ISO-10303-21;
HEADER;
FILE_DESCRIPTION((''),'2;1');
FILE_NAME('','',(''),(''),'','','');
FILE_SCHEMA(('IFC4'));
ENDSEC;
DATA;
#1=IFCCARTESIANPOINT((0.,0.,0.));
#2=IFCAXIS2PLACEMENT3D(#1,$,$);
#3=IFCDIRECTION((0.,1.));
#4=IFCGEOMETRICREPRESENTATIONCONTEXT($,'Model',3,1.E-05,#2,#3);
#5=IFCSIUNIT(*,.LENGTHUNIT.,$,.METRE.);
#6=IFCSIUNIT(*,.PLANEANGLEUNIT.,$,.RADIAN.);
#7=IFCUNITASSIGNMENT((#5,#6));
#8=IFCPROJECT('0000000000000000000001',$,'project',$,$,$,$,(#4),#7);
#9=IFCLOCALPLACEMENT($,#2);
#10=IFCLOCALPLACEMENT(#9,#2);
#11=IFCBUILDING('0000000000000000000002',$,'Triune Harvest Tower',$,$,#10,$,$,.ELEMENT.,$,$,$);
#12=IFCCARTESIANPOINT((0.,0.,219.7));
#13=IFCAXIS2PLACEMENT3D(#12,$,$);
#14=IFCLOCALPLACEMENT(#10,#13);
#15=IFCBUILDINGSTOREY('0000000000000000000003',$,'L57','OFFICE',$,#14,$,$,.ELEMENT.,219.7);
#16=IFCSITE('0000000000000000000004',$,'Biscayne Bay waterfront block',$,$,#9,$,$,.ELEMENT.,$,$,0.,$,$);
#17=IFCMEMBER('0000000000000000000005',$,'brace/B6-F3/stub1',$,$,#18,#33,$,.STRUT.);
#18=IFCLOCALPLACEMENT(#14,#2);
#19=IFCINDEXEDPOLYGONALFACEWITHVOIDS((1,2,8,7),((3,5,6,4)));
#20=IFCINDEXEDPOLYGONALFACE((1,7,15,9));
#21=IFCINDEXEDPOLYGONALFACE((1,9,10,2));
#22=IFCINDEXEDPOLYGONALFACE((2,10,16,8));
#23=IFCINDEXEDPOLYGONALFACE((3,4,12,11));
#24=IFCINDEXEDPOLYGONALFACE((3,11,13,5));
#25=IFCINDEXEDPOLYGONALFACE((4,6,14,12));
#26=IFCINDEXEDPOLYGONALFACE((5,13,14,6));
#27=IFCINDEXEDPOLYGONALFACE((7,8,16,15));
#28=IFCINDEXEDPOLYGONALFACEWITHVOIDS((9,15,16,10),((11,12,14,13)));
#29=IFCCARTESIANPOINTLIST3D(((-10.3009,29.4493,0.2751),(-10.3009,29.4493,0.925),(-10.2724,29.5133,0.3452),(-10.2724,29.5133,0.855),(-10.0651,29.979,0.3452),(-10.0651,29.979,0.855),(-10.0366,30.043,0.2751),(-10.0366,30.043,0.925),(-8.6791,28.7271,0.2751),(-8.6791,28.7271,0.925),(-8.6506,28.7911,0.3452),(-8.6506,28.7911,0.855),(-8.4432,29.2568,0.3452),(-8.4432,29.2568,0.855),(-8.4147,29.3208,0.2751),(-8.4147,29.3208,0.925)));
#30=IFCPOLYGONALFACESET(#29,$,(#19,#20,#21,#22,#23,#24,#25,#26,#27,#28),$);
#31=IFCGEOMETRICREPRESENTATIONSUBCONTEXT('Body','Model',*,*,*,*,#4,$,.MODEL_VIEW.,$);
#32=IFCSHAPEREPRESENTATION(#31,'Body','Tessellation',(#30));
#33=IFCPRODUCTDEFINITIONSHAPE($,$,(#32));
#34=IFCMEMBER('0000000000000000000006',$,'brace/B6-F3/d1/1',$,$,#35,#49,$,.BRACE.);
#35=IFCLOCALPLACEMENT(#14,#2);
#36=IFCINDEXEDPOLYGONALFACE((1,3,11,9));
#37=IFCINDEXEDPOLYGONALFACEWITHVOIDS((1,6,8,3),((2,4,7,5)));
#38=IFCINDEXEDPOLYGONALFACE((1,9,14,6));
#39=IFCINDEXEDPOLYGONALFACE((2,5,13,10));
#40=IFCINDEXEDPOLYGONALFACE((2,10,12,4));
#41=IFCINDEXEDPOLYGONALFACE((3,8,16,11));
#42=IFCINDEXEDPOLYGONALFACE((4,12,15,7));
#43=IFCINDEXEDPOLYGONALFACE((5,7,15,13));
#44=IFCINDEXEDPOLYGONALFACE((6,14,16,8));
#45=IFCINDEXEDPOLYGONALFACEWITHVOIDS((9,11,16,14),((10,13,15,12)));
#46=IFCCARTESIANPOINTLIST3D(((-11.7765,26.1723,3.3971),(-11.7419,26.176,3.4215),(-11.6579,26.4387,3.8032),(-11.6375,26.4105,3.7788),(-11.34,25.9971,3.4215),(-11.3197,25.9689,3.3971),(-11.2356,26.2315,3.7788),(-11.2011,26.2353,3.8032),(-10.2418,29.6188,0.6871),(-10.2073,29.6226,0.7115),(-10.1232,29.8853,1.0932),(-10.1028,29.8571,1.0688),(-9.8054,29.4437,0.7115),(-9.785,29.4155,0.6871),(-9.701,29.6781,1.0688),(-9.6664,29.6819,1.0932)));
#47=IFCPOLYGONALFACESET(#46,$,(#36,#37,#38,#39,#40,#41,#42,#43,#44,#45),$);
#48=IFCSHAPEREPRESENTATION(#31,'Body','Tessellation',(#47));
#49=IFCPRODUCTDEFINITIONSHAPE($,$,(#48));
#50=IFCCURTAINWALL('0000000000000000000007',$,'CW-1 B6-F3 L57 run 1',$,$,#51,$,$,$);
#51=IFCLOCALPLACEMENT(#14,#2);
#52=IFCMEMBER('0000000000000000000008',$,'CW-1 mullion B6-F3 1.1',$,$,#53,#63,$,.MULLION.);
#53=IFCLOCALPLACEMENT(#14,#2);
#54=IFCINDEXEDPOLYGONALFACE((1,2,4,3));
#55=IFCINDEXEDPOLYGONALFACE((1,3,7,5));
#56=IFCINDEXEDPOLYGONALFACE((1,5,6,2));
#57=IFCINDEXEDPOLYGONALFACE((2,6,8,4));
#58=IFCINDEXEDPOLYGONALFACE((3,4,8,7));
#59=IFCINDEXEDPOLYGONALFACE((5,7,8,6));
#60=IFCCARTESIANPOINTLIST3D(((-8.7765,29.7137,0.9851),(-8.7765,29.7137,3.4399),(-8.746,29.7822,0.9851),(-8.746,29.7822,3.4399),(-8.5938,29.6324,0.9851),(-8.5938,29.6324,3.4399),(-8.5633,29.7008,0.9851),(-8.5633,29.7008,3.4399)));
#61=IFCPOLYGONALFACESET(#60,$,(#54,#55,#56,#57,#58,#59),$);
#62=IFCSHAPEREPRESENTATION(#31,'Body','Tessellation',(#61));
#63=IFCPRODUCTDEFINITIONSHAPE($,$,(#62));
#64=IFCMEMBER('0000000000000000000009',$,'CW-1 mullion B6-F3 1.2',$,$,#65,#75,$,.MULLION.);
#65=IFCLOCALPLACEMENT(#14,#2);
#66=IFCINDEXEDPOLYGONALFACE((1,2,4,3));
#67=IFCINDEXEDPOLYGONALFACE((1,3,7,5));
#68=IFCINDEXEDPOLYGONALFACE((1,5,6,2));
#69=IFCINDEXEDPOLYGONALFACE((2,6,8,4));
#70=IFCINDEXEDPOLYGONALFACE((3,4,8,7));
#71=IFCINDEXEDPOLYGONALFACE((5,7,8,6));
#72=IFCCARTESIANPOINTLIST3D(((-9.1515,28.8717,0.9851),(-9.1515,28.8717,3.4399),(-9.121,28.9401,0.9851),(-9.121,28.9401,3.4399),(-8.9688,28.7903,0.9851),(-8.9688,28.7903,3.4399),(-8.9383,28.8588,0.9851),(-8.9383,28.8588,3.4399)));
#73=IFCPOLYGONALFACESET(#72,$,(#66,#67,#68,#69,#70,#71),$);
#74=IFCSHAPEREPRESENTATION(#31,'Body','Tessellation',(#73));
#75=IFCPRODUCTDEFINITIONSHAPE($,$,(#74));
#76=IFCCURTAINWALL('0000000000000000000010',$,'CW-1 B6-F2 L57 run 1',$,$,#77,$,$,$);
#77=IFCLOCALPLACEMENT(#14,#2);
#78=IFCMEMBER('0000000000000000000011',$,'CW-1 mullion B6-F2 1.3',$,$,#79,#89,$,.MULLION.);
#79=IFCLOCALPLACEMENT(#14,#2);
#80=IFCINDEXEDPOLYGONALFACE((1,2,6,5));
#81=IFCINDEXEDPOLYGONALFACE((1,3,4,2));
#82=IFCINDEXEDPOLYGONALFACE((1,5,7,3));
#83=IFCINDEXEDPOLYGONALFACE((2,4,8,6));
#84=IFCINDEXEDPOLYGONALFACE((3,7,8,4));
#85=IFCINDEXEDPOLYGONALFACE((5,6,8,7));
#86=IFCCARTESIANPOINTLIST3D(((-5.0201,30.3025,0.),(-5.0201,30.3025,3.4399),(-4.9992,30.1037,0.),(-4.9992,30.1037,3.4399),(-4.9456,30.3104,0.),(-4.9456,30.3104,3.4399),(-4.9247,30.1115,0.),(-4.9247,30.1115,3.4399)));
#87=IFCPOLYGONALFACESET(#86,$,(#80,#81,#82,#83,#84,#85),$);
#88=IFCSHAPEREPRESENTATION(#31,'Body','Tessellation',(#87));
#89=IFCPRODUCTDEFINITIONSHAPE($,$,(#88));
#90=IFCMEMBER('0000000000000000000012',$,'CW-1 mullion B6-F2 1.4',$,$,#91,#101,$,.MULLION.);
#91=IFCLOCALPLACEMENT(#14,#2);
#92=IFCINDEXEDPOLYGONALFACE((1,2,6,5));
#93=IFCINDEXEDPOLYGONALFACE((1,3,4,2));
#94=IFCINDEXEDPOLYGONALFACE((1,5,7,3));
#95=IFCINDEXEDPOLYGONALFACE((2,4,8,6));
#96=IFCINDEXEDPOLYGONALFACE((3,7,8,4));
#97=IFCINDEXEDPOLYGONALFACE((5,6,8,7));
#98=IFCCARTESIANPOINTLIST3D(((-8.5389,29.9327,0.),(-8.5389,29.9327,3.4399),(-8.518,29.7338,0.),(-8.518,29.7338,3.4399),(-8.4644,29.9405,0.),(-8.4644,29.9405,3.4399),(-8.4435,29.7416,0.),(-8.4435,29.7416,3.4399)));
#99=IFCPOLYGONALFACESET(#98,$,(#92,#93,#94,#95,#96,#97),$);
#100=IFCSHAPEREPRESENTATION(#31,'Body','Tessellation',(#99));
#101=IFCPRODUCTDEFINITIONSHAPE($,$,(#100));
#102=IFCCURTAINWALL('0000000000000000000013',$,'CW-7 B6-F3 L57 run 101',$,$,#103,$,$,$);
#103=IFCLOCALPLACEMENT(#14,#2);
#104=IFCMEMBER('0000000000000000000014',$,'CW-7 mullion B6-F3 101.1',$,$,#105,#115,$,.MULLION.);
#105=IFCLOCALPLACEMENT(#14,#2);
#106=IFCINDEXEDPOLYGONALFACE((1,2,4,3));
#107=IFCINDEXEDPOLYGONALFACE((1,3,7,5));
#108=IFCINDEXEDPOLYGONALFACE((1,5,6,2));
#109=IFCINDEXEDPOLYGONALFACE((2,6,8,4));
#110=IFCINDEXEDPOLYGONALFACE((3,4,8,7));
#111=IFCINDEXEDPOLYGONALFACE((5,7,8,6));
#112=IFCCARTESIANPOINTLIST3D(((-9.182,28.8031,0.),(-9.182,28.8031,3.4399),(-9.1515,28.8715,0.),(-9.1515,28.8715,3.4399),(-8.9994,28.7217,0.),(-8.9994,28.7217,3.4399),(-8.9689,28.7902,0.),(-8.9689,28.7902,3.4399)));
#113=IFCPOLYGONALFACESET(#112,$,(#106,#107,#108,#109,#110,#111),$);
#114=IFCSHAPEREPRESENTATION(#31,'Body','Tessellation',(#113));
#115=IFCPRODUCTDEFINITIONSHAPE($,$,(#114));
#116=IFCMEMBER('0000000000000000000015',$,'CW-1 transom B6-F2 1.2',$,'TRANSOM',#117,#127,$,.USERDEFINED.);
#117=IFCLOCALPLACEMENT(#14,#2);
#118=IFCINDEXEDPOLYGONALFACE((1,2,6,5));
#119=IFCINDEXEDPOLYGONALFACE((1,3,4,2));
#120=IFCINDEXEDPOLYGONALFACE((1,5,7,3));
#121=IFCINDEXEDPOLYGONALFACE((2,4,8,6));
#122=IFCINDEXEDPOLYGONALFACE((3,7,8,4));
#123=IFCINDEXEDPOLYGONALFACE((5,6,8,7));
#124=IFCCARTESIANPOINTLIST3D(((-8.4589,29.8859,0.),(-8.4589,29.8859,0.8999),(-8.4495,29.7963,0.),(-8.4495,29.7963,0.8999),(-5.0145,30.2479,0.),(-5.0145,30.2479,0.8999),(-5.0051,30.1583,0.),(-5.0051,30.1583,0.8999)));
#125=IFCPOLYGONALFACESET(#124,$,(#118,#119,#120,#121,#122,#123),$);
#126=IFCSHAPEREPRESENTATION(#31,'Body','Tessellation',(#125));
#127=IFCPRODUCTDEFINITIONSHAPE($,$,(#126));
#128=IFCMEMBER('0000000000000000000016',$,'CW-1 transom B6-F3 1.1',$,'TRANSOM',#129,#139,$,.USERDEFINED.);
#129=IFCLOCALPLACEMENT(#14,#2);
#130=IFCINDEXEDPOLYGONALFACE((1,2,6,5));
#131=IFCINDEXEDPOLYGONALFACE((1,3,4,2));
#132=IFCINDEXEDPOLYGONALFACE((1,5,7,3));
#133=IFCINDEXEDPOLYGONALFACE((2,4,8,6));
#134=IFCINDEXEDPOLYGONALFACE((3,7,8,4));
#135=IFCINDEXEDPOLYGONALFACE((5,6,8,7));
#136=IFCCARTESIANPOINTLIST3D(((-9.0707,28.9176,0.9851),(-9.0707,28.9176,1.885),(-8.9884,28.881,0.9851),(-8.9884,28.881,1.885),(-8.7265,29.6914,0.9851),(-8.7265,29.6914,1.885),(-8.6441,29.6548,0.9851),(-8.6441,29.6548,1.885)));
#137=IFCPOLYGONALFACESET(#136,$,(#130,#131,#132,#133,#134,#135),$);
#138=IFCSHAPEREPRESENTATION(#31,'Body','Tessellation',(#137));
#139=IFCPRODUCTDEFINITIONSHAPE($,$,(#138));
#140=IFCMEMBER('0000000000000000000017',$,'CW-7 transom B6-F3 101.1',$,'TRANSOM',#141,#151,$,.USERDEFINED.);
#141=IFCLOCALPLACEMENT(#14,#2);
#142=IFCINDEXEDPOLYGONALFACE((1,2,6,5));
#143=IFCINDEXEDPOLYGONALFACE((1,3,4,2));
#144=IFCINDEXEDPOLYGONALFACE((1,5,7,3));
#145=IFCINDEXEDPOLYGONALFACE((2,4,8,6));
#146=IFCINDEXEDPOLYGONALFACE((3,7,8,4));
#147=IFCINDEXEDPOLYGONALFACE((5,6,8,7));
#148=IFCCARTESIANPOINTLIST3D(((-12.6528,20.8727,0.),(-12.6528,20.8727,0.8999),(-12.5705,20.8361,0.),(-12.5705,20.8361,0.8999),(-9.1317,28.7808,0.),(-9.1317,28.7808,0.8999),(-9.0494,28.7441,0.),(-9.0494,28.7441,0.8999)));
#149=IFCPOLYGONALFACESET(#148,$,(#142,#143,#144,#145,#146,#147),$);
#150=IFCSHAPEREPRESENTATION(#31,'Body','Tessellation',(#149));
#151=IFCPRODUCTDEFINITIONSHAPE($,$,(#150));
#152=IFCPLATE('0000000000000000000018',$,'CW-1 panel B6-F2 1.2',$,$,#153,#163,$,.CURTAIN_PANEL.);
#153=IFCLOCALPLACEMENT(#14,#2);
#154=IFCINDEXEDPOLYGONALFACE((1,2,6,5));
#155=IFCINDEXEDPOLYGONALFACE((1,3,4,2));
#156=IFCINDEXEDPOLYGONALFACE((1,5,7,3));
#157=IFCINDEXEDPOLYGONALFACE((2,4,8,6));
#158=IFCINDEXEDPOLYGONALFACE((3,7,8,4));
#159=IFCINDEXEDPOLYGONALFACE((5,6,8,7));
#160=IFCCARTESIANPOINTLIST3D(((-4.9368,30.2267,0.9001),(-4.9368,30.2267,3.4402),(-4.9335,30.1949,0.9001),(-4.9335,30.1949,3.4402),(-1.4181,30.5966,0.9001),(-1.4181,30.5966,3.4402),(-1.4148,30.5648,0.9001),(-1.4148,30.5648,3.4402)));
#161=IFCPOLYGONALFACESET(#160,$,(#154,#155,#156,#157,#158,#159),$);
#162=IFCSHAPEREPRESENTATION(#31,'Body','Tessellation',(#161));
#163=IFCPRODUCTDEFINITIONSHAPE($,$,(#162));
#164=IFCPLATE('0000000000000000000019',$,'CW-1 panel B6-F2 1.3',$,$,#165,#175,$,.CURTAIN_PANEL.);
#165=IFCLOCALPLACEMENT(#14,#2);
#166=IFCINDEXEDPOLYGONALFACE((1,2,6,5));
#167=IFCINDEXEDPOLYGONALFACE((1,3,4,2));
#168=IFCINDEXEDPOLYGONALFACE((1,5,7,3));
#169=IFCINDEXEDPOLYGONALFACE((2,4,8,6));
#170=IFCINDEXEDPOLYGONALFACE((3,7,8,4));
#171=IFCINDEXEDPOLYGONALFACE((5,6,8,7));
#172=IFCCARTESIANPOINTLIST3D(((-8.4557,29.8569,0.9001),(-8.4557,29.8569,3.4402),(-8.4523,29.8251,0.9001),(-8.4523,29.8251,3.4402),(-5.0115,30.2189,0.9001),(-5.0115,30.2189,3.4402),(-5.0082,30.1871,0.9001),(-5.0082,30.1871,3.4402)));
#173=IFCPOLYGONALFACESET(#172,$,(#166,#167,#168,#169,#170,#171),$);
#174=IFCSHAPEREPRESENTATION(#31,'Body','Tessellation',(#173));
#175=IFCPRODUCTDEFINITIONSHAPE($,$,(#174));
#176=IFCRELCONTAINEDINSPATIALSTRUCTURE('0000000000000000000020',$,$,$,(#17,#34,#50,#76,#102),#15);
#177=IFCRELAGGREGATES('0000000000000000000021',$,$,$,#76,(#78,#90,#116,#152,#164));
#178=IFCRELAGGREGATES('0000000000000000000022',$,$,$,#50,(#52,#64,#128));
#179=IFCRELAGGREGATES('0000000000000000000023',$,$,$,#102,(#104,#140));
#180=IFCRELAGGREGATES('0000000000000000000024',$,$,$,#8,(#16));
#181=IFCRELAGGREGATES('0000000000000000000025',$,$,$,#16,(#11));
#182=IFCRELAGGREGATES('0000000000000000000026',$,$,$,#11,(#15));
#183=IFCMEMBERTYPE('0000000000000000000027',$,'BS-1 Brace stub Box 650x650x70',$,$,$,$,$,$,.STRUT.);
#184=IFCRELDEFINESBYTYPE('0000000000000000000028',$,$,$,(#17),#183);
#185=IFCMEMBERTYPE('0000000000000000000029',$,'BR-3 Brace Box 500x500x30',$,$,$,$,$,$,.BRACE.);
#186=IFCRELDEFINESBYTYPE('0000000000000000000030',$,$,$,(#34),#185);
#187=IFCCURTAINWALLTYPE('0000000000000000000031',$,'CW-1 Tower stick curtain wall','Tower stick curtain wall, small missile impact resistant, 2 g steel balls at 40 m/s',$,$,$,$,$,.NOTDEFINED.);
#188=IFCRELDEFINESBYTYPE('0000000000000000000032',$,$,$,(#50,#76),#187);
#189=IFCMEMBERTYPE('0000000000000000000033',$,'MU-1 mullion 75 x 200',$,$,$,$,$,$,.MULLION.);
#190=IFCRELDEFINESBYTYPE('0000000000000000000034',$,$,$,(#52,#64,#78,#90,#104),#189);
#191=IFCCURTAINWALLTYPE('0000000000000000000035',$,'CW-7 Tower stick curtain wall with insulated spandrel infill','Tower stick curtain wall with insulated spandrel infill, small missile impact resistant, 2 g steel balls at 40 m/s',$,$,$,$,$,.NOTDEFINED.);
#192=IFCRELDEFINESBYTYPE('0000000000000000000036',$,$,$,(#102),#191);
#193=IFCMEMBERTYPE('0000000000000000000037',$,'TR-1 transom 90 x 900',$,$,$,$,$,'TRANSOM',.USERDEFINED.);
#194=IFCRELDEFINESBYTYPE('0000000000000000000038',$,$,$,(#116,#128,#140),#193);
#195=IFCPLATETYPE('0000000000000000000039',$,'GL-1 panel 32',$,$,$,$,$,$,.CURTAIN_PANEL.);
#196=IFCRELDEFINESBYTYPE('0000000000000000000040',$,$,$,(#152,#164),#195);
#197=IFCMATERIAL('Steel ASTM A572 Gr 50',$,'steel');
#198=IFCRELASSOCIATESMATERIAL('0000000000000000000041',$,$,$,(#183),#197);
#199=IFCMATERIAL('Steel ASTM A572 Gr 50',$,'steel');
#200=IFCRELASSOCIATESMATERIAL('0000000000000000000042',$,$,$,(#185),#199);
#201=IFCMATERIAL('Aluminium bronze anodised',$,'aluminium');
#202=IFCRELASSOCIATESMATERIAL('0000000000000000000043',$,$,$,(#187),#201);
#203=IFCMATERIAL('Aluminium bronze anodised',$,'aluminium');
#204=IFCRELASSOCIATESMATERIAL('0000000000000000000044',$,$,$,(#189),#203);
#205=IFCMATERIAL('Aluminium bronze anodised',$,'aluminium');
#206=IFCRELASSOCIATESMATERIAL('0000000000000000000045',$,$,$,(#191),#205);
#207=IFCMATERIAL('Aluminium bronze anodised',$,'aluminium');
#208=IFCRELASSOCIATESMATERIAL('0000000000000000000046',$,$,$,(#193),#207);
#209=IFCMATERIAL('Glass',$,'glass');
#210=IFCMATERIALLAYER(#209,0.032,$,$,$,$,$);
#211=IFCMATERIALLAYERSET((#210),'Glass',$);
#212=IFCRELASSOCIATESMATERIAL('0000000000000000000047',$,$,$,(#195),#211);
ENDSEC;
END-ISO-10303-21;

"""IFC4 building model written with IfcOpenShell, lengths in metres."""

from ifc_helpers import new_model, si_unit, direction, frame, origin, origin_2d, place, context, subcontext, project, spatial, rectangle, hollow_rectangle, extrude, source, transform, mapped, material, layer, layer_set, material_profile, profile_set, type_object, element, aggregate, save


model = new_model("IFC4")

# Units and contexts
model_context = context("Model", 3, precision=1e-05, world=origin(), true_north=direction((0.0, 1.0)))
body_context = subcontext(model_context, "Body", "Model", "MODEL_VIEW")
ifc_project = project(units=[si_unit("LENGTHUNIT", "METRE"), si_unit("PLANEANGLEUNIT", "RADIAN")], contexts=[model_context])

# Site, building, storey
site_placement = place(None, origin())
site = spatial("IfcSite", under=ifc_project, at=site_placement, Name="Biscayne Bay waterfront block", CompositionType="ELEMENT", RefElevation=0.0)
building_placement = place(site_placement, origin())
building = spatial("IfcBuilding", under=site, at=building_placement, Name="Triune Harvest Tower", CompositionType="ELEMENT")
storey_placement = place(building_placement, frame((0.0, 0.0, 219.7)))
storey = spatial("IfcBuildingStorey", under=building, at=storey_placement, Name="L57", Description="OFFICE", CompositionType="ELEMENT", Elevation=219.7)

# Members
ifc_material_1 = material(Name="Steel ASTM A572 Gr 50", Category="steel")
ifc_material_profile_1 = material_profile(ifc_material_1, hollow_rectangle(XDim=0.6499, YDim=0.6499, WallThickness=0.0701, at=origin_2d()), Name="Box 650x650x70")
ifc_profile_set_1 = profile_set([ifc_material_profile_1], Name="Steel ASTM A572 Gr 50")
member_type_1 = type_object("IfcMemberType", Name="BS-1 Brace stub Box 650x650x70", PredefinedType="STRUT", material=ifc_profile_set_1)
shared_shape_1 = source(origin(), body_context, "Body", "SweptSolid", [
    extrude(hollow_rectangle(XDim=0.6499, YDim=0.6499, WallThickness=0.0701, at=origin_2d()), origin(), (0.0, 0.0, 1.0), 1.7754),
])
member_1_placement = place(storey_placement, frame((-8.5469, 29.0239, 0.6001), z_axis=(-0.913528, 0.406776, 0.0), x_axis=(-0.406776, -0.913528, 0.0)))
element("IfcMember", 1, at=member_1_placement, inside=storey, type_object=member_type_1, Name="brace/B6-F3/stub1", PredefinedType="STRUT", context=body_context, shape_type="MappedRepresentation", body=[
    mapped(shared_shape_1, transform((0.0, 0.0, 0.0), scale=1.0)),
])
ifc_material_2 = material(Name="Steel ASTM A572 Gr 50", Category="steel")
ifc_material_profile_2 = material_profile(ifc_material_2, hollow_rectangle(XDim=0.5, YDim=0.5, WallThickness=0.03, at=origin_2d()), Name="Box 500x500x30")
ifc_profile_set_2 = profile_set([ifc_material_profile_2], Name="Steel ASTM A572 Gr 50")
member_type_2 = type_object("IfcMemberType", Name="BR-3 Brace Box 500x500x30", PredefinedType="BRACE", material=ifc_profile_set_2)
shared_shape_2 = source(origin(), body_context, "Body", "SweptSolid", [
    extrude(hollow_rectangle(XDim=0.5, YDim=0.5, WallThickness=0.03, at=origin_2d()), origin(), (0.0, 0.0, 1.0), 4.6453),
])
member_2_placement = place(storey_placement, frame((-9.9541, 29.6504, 0.8901), z_axis=(-0.330379, -0.741959, 0.583392), x_axis=(0.913528, -0.406775, 0.0)))
element("IfcMember", 2, at=member_2_placement, inside=storey, type_object=member_type_2, Name="brace/B6-F3/d1/1", PredefinedType="BRACE", context=body_context, shape_type="MappedRepresentation", body=[
    mapped(shared_shape_2, transform((0.0, 0.0, 0.0), scale=1.0)),
])

# Curtain walls, members
ifc_material_3 = material(Name="Aluminium bronze anodised", Category="aluminium")
curtain_wall_type_1 = type_object("IfcCurtainWallType", Name="CW-1 Tower stick curtain wall", Description="Tower stick curtain wall, small missile impact resistant, 2 g steel balls at 40 m/s", PredefinedType="NOTDEFINED", material=ifc_material_3)
curtain_wall_1_placement = place(storey_placement, origin())
curtain_wall_1 = element("IfcCurtainWall", 3, at=curtain_wall_1_placement, inside=storey, type_object=curtain_wall_type_1, Name="CW-1 B6-F3 L57 run 1")
ifc_material_4 = material(Name="Aluminium bronze anodised", Category="aluminium")
ifc_material_profile_3 = material_profile(ifc_material_4, rectangle(XDim=0.2, YDim=0.075, at=origin_2d()), Name="MU-1 mullion 75 x 200")
ifc_profile_set_3 = profile_set([ifc_material_profile_3], Name="Aluminium bronze anodised")
member_type_3 = type_object("IfcMemberType", Name="MU-1 mullion 75 x 200", PredefinedType="MULLION", material=ifc_profile_set_3)
shared_shape_3 = source(origin(), body_context, "Body", "SweptSolid", [
    extrude(rectangle(XDim=0.2, YDim=0.075, at=origin_2d()), origin(), (0.0, 0.0, 1.0), 2.4548),
])
member_3_placement = place(storey_placement, frame((-8.6699, 29.7073, 0.9851), z_axis=(0.0, 0.0, 1.0), x_axis=(0.913555, -0.406716, 0.0)))
member_3 = element("IfcMember", 4, at=member_3_placement, type_object=member_type_3, Name="CW-1 mullion B6-F3 1.1", PredefinedType="MULLION", context=body_context, shape_type="MappedRepresentation", body=[
    mapped(shared_shape_3, transform((0.0, 0.0, 0.0), scale=1.0)),
])
member_4_placement = place(storey_placement, frame((-9.0449, 28.8652, 0.9851), z_axis=(0.0, 0.0, 1.0), x_axis=(0.913555, -0.406716, 0.0)))
member_4 = element("IfcMember", 5, at=member_4_placement, type_object=member_type_3, Name="CW-1 mullion B6-F3 1.2", PredefinedType="MULLION", context=body_context, shape_type="MappedRepresentation", body=[
    mapped(shared_shape_3, transform((0.0, 0.0, 0.0), scale=1.0)),
])
curtain_wall_2_placement = place(storey_placement, origin())
curtain_wall_2 = element("IfcCurtainWall", 6, at=curtain_wall_2_placement, inside=storey, type_object=curtain_wall_type_1, Name="CW-1 B6-F2 L57 run 1")
shared_shape_4 = source(origin(), body_context, "Body", "SweptSolid", [
    extrude(rectangle(XDim=0.2, YDim=0.075, at=origin_2d()), origin(), (0.0, 0.0, 1.0), 3.4399),
])
member_5_placement = place(storey_placement, frame((-4.9724, 30.207, 0.0), z_axis=(0.0, 0.0, 1.0), x_axis=(0.10453, -0.994522, 0.0)))
member_5 = element("IfcMember", 7, at=member_5_placement, type_object=member_type_3, Name="CW-1 mullion B6-F2 1.3", PredefinedType="MULLION", context=body_context, shape_type="MappedRepresentation", body=[
    mapped(shared_shape_4, transform((0.0, 0.0, 0.0), scale=1.0)),
])
member_6_placement = place(storey_placement, frame((-8.4912, 29.8372, 0.0), z_axis=(0.0, 0.0, 1.0), x_axis=(0.10453, -0.994522, 0.0)))
member_6 = element("IfcMember", 8, at=member_6_placement, type_object=member_type_3, Name="CW-1 mullion B6-F2 1.4", PredefinedType="MULLION", context=body_context, shape_type="MappedRepresentation", body=[
    mapped(shared_shape_4, transform((0.0, 0.0, 0.0), scale=1.0)),
])

# Curtain wall, member
ifc_material_5 = material(Name="Aluminium bronze anodised", Category="aluminium")
curtain_wall_type_2 = type_object("IfcCurtainWallType", Name="CW-7 Tower stick curtain wall with insulated spandrel infill", Description="Tower stick curtain wall with insulated spandrel infill, small missile impact resistant, 2 g steel balls at 40 m/s", PredefinedType="NOTDEFINED", material=ifc_material_5)
curtain_wall_3_placement = place(storey_placement, origin())
curtain_wall_3 = element("IfcCurtainWall", 9, at=curtain_wall_3_placement, inside=storey, type_object=curtain_wall_type_2, Name="CW-7 B6-F3 L57 run 101")
member_7_placement = place(storey_placement, frame((-9.0754, 28.7966, 0.0), z_axis=(0.0, 0.0, 1.0), x_axis=(0.913543, -0.406743, 0.0)))
member_7 = element("IfcMember", 10, at=member_7_placement, type_object=member_type_3, Name="CW-7 mullion B6-F3 101.1", PredefinedType="MULLION", context=body_context, shape_type="MappedRepresentation", body=[
    mapped(shared_shape_4, transform((0.0, 0.0, 0.0), scale=1.0)),
])

# Members
ifc_material_6 = material(Name="Aluminium bronze anodised", Category="aluminium")
ifc_material_profile_4 = material_profile(ifc_material_6, rectangle(XDim=0.0901, YDim=0.8999, at=origin_2d()), Name="TR-1 transom 90 x 900")
ifc_profile_set_4 = profile_set([ifc_material_profile_4], Name="Aluminium bronze anodised")
member_type_4 = type_object("IfcMemberType", Name="TR-1 transom 90 x 900", ElementType="TRANSOM", PredefinedType="USERDEFINED", material=ifc_profile_set_4)
shared_shape_5 = source(origin(), body_context, "Body", "SweptSolid", [
    extrude(rectangle(XDim=0.0901, YDim=0.8999, at=origin_2d()), origin(), (0.0, 0.0, 1.0), 3.4634),
])
member_8_placement = place(storey_placement, frame((-5.0098, 30.2031, 0.45), z_axis=(-0.994521, -0.104542, 0.0), x_axis=(0.104542, -0.994521, 0.0)))
member_8 = element("IfcMember", 11, at=member_8_placement, type_object=member_type_4, Name="CW-1 transom B6-F2 1.2", ObjectType="TRANSOM", PredefinedType="USERDEFINED", context=body_context, shape_type="MappedRepresentation", body=[
    mapped(shared_shape_5, transform((0.0, 0.0, 0.0), scale=1.0)),
])
shared_shape_6 = source(origin(), body_context, "Body", "SweptSolid", [
    extrude(rectangle(XDim=0.0901, YDim=0.8999, at=origin_2d()), origin(), (0.0, 0.0, 1.0), 0.8469),
])
member_9_placement = place(storey_placement, frame((-8.6853, 29.6731, 1.4351), z_axis=(-0.406513, -0.913645, 0.0), x_axis=(0.913645, -0.406513, 0.0)))
member_9 = element("IfcMember", 12, at=member_9_placement, type_object=member_type_4, Name="CW-1 transom B6-F3 1.1", ObjectType="TRANSOM", PredefinedType="USERDEFINED", context=body_context, shape_type="MappedRepresentation", body=[
    mapped(shared_shape_6, transform((0.0, 0.0, 0.0), scale=1.0)),
])
shared_shape_7 = source(origin(), body_context, "Body", "SweptSolid", [
    extrude(rectangle(XDim=0.0901, YDim=0.8999, at=origin_2d()), origin(), (0.0, 0.0, 1.0), 8.6565),
])
member_10_placement = place(storey_placement, frame((-9.0906, 28.7625, 0.45), z_axis=(-0.406751, -0.913539, 0.0), x_axis=(0.913539, -0.406751, 0.0)))
member_10 = element("IfcMember", 13, at=member_10_placement, type_object=member_type_4, Name="CW-7 transom B6-F3 101.1", ObjectType="TRANSOM", PredefinedType="USERDEFINED", context=body_context, shape_type="MappedRepresentation", body=[
    mapped(shared_shape_7, transform((0.0, 0.0, 0.0), scale=1.0)),
])

# Plates
ifc_material_7 = material(Name="Glass", Category="glass")
ifc_layer_1 = layer(ifc_material_7, 0.032)
ifc_layer_set_1 = layer_set([ifc_layer_1], Name="Glass")
plate_type_1 = type_object("IfcPlateType", Name="GL-1 panel 32", PredefinedType="CURTAIN_PANEL", material=ifc_layer_set_1)
shared_shape_8 = source(origin(), body_context, "Body", "SweptSolid", [
    extrude(rectangle(XDim=3.5381, YDim=0.032, at=origin_2d()), origin(), (0.0, 0.0, 1.0), 2.54),
])
plate_1_placement = place(storey_placement, frame((-3.1758, 30.3958, 0.9001), z_axis=(0.0, 0.0, 1.0), x_axis=(-0.994522, -0.10453, 0.0)))
plate_1 = element("IfcPlate", 14, at=plate_1_placement, type_object=plate_type_1, Name="CW-1 panel B6-F2 1.2", PredefinedType="CURTAIN_PANEL", context=body_context, shape_type="MappedRepresentation", body=[
    mapped(shared_shape_8, transform((0.0, 0.0, 0.0), scale=1.0)),
])
shared_shape_9 = source(origin(), body_context, "Body", "SweptSolid", [
    extrude(rectangle(XDim=3.4631, YDim=0.032, at=origin_2d()), origin(), (0.0, 0.0, 1.0), 2.54),
])
plate_2_placement = place(storey_placement, frame((-6.7319, 30.022, 0.9001), z_axis=(0.0, 0.0, 1.0), x_axis=(-0.994522, -0.10453, 0.0)))
plate_2 = element("IfcPlate", 15, at=plate_2_placement, type_object=plate_type_1, Name="CW-1 panel B6-F2 1.3", PredefinedType="CURTAIN_PANEL", context=body_context, shape_type="MappedRepresentation", body=[
    mapped(shared_shape_9, transform((0.0, 0.0, 0.0), scale=1.0)),
])
aggregate(curtain_wall_2, [member_5, member_6, member_8, plate_1, plate_2])
aggregate(curtain_wall_1, [member_3, member_4, member_9])
aggregate(curtain_wall_3, [member_7, member_10])

save(model, "model.ifc")
